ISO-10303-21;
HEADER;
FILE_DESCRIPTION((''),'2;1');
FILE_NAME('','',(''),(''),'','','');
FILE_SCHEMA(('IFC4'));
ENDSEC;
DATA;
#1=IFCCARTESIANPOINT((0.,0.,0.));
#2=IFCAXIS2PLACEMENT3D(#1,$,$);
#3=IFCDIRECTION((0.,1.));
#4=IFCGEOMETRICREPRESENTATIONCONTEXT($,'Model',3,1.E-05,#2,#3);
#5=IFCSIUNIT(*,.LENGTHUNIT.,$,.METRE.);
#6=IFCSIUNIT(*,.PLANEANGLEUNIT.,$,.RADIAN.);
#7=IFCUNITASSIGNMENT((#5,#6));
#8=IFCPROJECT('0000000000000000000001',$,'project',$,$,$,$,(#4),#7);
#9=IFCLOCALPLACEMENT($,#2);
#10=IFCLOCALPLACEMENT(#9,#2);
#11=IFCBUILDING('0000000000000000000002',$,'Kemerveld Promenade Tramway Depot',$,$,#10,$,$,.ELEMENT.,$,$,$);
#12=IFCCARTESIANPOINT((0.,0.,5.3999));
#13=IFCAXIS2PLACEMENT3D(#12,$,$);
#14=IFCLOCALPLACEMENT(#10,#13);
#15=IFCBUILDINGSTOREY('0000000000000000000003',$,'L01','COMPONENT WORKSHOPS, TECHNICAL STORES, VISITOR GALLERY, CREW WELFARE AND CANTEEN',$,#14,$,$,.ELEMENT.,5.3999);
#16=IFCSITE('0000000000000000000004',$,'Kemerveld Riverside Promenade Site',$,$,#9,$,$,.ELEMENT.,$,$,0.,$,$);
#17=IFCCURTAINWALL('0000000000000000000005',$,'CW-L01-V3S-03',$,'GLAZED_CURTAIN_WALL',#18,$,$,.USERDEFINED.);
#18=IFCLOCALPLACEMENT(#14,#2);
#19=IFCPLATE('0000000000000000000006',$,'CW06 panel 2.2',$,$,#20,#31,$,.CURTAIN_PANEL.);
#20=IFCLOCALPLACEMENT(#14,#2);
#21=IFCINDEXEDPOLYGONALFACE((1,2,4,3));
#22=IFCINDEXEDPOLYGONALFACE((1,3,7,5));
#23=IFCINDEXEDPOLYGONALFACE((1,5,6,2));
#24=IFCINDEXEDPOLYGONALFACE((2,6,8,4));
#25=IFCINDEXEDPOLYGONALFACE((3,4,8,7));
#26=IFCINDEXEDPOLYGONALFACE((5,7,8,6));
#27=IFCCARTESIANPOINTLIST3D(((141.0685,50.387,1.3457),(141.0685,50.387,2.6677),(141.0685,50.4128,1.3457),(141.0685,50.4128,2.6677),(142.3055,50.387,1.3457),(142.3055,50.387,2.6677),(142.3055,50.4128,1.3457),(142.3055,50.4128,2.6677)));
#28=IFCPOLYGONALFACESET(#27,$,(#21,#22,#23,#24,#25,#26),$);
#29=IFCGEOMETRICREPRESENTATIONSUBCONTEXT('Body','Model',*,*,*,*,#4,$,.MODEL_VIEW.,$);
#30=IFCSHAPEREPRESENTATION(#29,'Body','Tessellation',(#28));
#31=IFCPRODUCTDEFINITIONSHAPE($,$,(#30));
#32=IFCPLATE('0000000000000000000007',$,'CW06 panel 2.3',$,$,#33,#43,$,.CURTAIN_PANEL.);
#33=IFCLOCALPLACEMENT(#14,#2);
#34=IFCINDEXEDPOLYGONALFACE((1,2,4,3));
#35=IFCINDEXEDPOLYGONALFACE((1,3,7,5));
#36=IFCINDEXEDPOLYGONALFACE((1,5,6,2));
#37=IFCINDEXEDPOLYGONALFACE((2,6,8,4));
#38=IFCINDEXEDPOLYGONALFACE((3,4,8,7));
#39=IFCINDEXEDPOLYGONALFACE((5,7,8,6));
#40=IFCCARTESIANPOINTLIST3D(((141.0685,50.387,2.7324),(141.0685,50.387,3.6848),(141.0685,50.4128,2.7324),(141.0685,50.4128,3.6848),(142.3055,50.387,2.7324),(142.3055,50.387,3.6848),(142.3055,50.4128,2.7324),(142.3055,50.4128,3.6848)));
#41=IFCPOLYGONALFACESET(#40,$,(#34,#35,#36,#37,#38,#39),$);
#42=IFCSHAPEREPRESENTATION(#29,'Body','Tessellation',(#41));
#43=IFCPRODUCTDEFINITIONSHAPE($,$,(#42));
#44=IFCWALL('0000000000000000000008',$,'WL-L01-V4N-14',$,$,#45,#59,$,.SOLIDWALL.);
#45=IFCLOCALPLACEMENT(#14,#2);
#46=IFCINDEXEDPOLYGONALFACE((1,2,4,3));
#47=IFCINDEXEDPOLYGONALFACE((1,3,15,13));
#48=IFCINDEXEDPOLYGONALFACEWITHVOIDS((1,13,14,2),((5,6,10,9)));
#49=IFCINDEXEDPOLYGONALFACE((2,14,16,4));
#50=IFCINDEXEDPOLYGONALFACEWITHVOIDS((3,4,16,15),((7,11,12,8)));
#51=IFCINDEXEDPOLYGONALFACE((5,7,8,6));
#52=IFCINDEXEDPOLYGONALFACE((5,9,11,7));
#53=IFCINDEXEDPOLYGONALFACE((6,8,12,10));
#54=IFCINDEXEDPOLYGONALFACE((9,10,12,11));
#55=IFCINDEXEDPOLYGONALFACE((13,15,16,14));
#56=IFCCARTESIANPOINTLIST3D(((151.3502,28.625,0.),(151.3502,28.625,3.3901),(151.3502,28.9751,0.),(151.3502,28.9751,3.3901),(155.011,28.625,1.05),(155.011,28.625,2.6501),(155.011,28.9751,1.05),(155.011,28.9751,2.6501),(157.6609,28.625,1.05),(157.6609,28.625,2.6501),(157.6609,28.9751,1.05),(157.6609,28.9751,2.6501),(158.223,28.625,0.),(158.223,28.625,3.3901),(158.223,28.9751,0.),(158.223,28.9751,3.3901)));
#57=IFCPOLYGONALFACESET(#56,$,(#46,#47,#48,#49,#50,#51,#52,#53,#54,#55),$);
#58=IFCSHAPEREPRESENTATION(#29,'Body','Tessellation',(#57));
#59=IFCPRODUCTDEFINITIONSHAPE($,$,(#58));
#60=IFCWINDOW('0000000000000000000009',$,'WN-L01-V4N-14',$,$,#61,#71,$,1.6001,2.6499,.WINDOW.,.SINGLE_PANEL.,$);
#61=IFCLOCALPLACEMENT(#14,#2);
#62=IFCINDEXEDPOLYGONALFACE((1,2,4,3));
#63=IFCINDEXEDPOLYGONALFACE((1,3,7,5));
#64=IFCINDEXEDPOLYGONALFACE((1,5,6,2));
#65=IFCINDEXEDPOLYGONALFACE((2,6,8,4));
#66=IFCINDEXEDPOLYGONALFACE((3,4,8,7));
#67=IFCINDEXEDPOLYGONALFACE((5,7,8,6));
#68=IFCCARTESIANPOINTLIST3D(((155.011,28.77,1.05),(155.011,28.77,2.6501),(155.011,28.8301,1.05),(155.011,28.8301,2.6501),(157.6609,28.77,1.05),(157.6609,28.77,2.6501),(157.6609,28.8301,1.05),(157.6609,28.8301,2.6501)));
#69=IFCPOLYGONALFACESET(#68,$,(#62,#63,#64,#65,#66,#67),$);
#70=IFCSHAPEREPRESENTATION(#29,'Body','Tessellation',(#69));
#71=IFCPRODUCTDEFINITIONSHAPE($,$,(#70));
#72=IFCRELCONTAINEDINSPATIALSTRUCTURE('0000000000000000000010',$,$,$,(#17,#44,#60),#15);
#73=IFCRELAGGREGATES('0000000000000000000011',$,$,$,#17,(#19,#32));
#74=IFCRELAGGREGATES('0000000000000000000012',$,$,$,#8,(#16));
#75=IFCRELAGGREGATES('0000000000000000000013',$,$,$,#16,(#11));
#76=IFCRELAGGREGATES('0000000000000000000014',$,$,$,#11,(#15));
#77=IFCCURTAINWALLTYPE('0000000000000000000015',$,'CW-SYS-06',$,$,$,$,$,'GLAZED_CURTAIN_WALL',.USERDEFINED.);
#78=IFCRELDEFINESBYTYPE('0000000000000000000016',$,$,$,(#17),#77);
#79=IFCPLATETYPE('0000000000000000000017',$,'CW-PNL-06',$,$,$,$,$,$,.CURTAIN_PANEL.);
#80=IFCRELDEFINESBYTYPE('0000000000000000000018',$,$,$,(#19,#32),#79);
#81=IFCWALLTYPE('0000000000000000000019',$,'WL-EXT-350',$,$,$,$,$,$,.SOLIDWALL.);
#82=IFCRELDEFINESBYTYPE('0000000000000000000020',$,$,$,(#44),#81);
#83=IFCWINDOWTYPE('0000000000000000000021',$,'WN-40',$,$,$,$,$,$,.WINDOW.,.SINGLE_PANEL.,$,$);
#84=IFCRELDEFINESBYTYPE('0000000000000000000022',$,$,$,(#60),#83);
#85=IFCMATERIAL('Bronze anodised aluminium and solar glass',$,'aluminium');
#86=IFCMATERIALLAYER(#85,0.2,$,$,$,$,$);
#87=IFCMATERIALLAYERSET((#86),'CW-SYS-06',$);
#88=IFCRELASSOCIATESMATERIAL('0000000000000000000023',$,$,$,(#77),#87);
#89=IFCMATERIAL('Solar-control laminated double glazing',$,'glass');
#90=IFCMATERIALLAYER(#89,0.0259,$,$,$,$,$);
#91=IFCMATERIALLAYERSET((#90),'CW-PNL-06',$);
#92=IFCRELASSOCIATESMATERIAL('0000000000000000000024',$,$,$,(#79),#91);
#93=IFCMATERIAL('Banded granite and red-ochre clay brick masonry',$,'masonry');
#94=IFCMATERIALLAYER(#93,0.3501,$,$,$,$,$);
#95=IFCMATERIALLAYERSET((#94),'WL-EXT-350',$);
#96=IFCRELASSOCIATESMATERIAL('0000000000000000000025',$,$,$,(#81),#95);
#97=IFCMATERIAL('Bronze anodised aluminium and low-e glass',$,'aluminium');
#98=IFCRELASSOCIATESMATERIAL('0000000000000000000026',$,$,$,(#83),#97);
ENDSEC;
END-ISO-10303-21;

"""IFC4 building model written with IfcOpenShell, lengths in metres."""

from ifc_helpers import new_model, si_unit, direction, frame, frame_2d, origin, origin_2d, place, context, subcontext, project, spatial, rectangle, extrude, material, layer, layer_set, type_object, element, fill, aggregate, save


model = new_model("IFC4")

# Units and contexts
model_context = context("Model", 3, precision=1e-05, world=origin(), true_north=direction((0.0, 1.0)))
body_context = subcontext(model_context, "Body", "Model", "MODEL_VIEW")
ifc_project = project(units=[si_unit("LENGTHUNIT", "METRE"), si_unit("PLANEANGLEUNIT", "RADIAN")], contexts=[model_context])

# Site, building, storey
site_placement = place(None, origin())
site = spatial("IfcSite", under=ifc_project, at=site_placement, Name="Kemerveld Riverside Promenade Site", CompositionType="ELEMENT", RefElevation=0.0)
building_placement = place(site_placement, origin())
building = spatial("IfcBuilding", under=site, at=building_placement, Name="Kemerveld Promenade Tramway Depot", CompositionType="ELEMENT")
storey_placement = place(building_placement, frame((0.0, 0.0, 5.3999)))
storey = spatial("IfcBuildingStorey", under=building, at=storey_placement, Name="L01", Description="COMPONENT WORKSHOPS, TECHNICAL STORES, VISITOR GALLERY, CREW WELFARE AND CANTEEN", CompositionType="ELEMENT", Elevation=5.3999)

# Curtain wall, plates
ifc_material_1 = material(Name="Bronze anodised aluminium and solar glass", Category="aluminium")
ifc_layer_1 = layer(ifc_material_1, 0.2)
ifc_layer_set_1 = layer_set([ifc_layer_1], Name="CW-SYS-06")
curtain_wall_type = type_object("IfcCurtainWallType", Name="CW-SYS-06", ElementType="GLAZED_CURTAIN_WALL", PredefinedType="USERDEFINED", material=ifc_layer_set_1)
curtain_wall_placement = place(storey_placement, origin())
curtain_wall = element("IfcCurtainWall", 1, at=curtain_wall_placement, inside=storey, type_object=curtain_wall_type, Name="CW-L01-V3S-03", ObjectType="GLAZED_CURTAIN_WALL", PredefinedType="USERDEFINED")
ifc_material_2 = material(Name="Solar-control laminated double glazing", Category="glass")
ifc_layer_2 = layer(ifc_material_2, 0.0259)
ifc_layer_set_2 = layer_set([ifc_layer_2], Name="CW-PNL-06")
plate_type = type_object("IfcPlateType", Name="CW-PNL-06", PredefinedType="CURTAIN_PANEL", material=ifc_layer_set_2)
plate_1_placement = place(storey_placement, frame((141.687, 50.3999, 1.3457), z_axis=(0.0, 0.0, 1.0), x_axis=(-1.0, 0.0, 0.0)))
plate_1 = element("IfcPlate", 2, at=plate_1_placement, type_object=plate_type, Name="CW06 panel 2.2", PredefinedType="CURTAIN_PANEL", context=body_context, shape_type="SweptSolid", body=[
    extrude(rectangle(XDim=1.2371, YDim=0.0259, at=origin_2d()), origin(), (0.0, 0.0, 1.0), 1.322),
])
plate_2_placement = place(storey_placement, frame((141.687, 50.3999, 2.7324), z_axis=(0.0, 0.0, 1.0), x_axis=(-1.0, 0.0, 0.0)))
plate_2 = element("IfcPlate", 3, at=plate_2_placement, type_object=plate_type, Name="CW06 panel 2.3", PredefinedType="CURTAIN_PANEL", context=body_context, shape_type="SweptSolid", body=[
    extrude(rectangle(XDim=1.2371, YDim=0.0259, at=origin_2d()), origin(), (0.0, 0.0, 1.0), 0.9524),
])
aggregate(curtain_wall, [plate_1, plate_2])

# Wall, opening, window
ifc_material_3 = material(Name="Banded granite and red-ochre clay brick masonry", Category="masonry")
ifc_layer_3 = layer(ifc_material_3, 0.3501)
ifc_layer_set_3 = layer_set([ifc_layer_3], Name="WL-EXT-350")
wall_type = type_object("IfcWallType", Name="WL-EXT-350", PredefinedType="SOLIDWALL", material=ifc_layer_set_3)
wall_placement = place(storey_placement, frame((151.3501, 28.8, 0.0), z_axis=(0.0, 0.0, 1.0), x_axis=(1.0, 0.0, 0.0)))
wall = element("IfcWall", 4, at=wall_placement, inside=storey, type_object=wall_type, Name="WL-L01-V4N-14", PredefinedType="SOLIDWALL", context=body_context, shape_type="SweptSolid", body=[
    extrude(rectangle(XDim=6.8728, YDim=0.3501, at=frame_2d((3.4365, 0.0))), origin(), (0.0, 0.0, 1.0), 3.3901),
])
opening_placement = place(wall_placement, frame((3.6609, 0.0, 1.05)))
opening = element("IfcOpeningElement", 5, at=opening_placement, cuts=wall, PredefinedType="OPENING", context=body_context, shape_type="SweptSolid", body=[
    extrude(rectangle(XDim=2.6499, YDim=1.6001, at=frame_2d((1.325, 0.8))), frame((0.0, 0.1851, 0.0), z_axis=(0.0, -1.0, 0.0), x_axis=(1.0, 0.0, 0.0)), (0.0, 0.0, 1.0), 0.3701),
])
ifc_material_4 = material(Name="Bronze anodised aluminium and low-e glass", Category="aluminium")
window_type = type_object("IfcWindowType", Name="WN-40", PartitioningType="SINGLE_PANEL", PredefinedType="WINDOW", material=ifc_material_4)
window_placement = place(opening_placement, origin())
window = element("IfcWindow", 6, at=window_placement, inside=storey, type_object=window_type, Name="WN-L01-V4N-14", OverallHeight=1.6001, OverallWidth=2.6499, PartitioningType="SINGLE_PANEL", PredefinedType="WINDOW", context=body_context, shape_type="SweptSolid", body=[
    extrude(rectangle(XDim=2.6499, YDim=1.6001, at=frame_2d((1.325, 0.8))), frame((0.0, 0.03, 0.0), z_axis=(0.0, -1.0, 0.0), x_axis=(1.0, 0.0, 0.0)), (0.0, 0.0, 1.0), 0.0601),
])
fill(opening, window)

save(model, "model.ifc")
